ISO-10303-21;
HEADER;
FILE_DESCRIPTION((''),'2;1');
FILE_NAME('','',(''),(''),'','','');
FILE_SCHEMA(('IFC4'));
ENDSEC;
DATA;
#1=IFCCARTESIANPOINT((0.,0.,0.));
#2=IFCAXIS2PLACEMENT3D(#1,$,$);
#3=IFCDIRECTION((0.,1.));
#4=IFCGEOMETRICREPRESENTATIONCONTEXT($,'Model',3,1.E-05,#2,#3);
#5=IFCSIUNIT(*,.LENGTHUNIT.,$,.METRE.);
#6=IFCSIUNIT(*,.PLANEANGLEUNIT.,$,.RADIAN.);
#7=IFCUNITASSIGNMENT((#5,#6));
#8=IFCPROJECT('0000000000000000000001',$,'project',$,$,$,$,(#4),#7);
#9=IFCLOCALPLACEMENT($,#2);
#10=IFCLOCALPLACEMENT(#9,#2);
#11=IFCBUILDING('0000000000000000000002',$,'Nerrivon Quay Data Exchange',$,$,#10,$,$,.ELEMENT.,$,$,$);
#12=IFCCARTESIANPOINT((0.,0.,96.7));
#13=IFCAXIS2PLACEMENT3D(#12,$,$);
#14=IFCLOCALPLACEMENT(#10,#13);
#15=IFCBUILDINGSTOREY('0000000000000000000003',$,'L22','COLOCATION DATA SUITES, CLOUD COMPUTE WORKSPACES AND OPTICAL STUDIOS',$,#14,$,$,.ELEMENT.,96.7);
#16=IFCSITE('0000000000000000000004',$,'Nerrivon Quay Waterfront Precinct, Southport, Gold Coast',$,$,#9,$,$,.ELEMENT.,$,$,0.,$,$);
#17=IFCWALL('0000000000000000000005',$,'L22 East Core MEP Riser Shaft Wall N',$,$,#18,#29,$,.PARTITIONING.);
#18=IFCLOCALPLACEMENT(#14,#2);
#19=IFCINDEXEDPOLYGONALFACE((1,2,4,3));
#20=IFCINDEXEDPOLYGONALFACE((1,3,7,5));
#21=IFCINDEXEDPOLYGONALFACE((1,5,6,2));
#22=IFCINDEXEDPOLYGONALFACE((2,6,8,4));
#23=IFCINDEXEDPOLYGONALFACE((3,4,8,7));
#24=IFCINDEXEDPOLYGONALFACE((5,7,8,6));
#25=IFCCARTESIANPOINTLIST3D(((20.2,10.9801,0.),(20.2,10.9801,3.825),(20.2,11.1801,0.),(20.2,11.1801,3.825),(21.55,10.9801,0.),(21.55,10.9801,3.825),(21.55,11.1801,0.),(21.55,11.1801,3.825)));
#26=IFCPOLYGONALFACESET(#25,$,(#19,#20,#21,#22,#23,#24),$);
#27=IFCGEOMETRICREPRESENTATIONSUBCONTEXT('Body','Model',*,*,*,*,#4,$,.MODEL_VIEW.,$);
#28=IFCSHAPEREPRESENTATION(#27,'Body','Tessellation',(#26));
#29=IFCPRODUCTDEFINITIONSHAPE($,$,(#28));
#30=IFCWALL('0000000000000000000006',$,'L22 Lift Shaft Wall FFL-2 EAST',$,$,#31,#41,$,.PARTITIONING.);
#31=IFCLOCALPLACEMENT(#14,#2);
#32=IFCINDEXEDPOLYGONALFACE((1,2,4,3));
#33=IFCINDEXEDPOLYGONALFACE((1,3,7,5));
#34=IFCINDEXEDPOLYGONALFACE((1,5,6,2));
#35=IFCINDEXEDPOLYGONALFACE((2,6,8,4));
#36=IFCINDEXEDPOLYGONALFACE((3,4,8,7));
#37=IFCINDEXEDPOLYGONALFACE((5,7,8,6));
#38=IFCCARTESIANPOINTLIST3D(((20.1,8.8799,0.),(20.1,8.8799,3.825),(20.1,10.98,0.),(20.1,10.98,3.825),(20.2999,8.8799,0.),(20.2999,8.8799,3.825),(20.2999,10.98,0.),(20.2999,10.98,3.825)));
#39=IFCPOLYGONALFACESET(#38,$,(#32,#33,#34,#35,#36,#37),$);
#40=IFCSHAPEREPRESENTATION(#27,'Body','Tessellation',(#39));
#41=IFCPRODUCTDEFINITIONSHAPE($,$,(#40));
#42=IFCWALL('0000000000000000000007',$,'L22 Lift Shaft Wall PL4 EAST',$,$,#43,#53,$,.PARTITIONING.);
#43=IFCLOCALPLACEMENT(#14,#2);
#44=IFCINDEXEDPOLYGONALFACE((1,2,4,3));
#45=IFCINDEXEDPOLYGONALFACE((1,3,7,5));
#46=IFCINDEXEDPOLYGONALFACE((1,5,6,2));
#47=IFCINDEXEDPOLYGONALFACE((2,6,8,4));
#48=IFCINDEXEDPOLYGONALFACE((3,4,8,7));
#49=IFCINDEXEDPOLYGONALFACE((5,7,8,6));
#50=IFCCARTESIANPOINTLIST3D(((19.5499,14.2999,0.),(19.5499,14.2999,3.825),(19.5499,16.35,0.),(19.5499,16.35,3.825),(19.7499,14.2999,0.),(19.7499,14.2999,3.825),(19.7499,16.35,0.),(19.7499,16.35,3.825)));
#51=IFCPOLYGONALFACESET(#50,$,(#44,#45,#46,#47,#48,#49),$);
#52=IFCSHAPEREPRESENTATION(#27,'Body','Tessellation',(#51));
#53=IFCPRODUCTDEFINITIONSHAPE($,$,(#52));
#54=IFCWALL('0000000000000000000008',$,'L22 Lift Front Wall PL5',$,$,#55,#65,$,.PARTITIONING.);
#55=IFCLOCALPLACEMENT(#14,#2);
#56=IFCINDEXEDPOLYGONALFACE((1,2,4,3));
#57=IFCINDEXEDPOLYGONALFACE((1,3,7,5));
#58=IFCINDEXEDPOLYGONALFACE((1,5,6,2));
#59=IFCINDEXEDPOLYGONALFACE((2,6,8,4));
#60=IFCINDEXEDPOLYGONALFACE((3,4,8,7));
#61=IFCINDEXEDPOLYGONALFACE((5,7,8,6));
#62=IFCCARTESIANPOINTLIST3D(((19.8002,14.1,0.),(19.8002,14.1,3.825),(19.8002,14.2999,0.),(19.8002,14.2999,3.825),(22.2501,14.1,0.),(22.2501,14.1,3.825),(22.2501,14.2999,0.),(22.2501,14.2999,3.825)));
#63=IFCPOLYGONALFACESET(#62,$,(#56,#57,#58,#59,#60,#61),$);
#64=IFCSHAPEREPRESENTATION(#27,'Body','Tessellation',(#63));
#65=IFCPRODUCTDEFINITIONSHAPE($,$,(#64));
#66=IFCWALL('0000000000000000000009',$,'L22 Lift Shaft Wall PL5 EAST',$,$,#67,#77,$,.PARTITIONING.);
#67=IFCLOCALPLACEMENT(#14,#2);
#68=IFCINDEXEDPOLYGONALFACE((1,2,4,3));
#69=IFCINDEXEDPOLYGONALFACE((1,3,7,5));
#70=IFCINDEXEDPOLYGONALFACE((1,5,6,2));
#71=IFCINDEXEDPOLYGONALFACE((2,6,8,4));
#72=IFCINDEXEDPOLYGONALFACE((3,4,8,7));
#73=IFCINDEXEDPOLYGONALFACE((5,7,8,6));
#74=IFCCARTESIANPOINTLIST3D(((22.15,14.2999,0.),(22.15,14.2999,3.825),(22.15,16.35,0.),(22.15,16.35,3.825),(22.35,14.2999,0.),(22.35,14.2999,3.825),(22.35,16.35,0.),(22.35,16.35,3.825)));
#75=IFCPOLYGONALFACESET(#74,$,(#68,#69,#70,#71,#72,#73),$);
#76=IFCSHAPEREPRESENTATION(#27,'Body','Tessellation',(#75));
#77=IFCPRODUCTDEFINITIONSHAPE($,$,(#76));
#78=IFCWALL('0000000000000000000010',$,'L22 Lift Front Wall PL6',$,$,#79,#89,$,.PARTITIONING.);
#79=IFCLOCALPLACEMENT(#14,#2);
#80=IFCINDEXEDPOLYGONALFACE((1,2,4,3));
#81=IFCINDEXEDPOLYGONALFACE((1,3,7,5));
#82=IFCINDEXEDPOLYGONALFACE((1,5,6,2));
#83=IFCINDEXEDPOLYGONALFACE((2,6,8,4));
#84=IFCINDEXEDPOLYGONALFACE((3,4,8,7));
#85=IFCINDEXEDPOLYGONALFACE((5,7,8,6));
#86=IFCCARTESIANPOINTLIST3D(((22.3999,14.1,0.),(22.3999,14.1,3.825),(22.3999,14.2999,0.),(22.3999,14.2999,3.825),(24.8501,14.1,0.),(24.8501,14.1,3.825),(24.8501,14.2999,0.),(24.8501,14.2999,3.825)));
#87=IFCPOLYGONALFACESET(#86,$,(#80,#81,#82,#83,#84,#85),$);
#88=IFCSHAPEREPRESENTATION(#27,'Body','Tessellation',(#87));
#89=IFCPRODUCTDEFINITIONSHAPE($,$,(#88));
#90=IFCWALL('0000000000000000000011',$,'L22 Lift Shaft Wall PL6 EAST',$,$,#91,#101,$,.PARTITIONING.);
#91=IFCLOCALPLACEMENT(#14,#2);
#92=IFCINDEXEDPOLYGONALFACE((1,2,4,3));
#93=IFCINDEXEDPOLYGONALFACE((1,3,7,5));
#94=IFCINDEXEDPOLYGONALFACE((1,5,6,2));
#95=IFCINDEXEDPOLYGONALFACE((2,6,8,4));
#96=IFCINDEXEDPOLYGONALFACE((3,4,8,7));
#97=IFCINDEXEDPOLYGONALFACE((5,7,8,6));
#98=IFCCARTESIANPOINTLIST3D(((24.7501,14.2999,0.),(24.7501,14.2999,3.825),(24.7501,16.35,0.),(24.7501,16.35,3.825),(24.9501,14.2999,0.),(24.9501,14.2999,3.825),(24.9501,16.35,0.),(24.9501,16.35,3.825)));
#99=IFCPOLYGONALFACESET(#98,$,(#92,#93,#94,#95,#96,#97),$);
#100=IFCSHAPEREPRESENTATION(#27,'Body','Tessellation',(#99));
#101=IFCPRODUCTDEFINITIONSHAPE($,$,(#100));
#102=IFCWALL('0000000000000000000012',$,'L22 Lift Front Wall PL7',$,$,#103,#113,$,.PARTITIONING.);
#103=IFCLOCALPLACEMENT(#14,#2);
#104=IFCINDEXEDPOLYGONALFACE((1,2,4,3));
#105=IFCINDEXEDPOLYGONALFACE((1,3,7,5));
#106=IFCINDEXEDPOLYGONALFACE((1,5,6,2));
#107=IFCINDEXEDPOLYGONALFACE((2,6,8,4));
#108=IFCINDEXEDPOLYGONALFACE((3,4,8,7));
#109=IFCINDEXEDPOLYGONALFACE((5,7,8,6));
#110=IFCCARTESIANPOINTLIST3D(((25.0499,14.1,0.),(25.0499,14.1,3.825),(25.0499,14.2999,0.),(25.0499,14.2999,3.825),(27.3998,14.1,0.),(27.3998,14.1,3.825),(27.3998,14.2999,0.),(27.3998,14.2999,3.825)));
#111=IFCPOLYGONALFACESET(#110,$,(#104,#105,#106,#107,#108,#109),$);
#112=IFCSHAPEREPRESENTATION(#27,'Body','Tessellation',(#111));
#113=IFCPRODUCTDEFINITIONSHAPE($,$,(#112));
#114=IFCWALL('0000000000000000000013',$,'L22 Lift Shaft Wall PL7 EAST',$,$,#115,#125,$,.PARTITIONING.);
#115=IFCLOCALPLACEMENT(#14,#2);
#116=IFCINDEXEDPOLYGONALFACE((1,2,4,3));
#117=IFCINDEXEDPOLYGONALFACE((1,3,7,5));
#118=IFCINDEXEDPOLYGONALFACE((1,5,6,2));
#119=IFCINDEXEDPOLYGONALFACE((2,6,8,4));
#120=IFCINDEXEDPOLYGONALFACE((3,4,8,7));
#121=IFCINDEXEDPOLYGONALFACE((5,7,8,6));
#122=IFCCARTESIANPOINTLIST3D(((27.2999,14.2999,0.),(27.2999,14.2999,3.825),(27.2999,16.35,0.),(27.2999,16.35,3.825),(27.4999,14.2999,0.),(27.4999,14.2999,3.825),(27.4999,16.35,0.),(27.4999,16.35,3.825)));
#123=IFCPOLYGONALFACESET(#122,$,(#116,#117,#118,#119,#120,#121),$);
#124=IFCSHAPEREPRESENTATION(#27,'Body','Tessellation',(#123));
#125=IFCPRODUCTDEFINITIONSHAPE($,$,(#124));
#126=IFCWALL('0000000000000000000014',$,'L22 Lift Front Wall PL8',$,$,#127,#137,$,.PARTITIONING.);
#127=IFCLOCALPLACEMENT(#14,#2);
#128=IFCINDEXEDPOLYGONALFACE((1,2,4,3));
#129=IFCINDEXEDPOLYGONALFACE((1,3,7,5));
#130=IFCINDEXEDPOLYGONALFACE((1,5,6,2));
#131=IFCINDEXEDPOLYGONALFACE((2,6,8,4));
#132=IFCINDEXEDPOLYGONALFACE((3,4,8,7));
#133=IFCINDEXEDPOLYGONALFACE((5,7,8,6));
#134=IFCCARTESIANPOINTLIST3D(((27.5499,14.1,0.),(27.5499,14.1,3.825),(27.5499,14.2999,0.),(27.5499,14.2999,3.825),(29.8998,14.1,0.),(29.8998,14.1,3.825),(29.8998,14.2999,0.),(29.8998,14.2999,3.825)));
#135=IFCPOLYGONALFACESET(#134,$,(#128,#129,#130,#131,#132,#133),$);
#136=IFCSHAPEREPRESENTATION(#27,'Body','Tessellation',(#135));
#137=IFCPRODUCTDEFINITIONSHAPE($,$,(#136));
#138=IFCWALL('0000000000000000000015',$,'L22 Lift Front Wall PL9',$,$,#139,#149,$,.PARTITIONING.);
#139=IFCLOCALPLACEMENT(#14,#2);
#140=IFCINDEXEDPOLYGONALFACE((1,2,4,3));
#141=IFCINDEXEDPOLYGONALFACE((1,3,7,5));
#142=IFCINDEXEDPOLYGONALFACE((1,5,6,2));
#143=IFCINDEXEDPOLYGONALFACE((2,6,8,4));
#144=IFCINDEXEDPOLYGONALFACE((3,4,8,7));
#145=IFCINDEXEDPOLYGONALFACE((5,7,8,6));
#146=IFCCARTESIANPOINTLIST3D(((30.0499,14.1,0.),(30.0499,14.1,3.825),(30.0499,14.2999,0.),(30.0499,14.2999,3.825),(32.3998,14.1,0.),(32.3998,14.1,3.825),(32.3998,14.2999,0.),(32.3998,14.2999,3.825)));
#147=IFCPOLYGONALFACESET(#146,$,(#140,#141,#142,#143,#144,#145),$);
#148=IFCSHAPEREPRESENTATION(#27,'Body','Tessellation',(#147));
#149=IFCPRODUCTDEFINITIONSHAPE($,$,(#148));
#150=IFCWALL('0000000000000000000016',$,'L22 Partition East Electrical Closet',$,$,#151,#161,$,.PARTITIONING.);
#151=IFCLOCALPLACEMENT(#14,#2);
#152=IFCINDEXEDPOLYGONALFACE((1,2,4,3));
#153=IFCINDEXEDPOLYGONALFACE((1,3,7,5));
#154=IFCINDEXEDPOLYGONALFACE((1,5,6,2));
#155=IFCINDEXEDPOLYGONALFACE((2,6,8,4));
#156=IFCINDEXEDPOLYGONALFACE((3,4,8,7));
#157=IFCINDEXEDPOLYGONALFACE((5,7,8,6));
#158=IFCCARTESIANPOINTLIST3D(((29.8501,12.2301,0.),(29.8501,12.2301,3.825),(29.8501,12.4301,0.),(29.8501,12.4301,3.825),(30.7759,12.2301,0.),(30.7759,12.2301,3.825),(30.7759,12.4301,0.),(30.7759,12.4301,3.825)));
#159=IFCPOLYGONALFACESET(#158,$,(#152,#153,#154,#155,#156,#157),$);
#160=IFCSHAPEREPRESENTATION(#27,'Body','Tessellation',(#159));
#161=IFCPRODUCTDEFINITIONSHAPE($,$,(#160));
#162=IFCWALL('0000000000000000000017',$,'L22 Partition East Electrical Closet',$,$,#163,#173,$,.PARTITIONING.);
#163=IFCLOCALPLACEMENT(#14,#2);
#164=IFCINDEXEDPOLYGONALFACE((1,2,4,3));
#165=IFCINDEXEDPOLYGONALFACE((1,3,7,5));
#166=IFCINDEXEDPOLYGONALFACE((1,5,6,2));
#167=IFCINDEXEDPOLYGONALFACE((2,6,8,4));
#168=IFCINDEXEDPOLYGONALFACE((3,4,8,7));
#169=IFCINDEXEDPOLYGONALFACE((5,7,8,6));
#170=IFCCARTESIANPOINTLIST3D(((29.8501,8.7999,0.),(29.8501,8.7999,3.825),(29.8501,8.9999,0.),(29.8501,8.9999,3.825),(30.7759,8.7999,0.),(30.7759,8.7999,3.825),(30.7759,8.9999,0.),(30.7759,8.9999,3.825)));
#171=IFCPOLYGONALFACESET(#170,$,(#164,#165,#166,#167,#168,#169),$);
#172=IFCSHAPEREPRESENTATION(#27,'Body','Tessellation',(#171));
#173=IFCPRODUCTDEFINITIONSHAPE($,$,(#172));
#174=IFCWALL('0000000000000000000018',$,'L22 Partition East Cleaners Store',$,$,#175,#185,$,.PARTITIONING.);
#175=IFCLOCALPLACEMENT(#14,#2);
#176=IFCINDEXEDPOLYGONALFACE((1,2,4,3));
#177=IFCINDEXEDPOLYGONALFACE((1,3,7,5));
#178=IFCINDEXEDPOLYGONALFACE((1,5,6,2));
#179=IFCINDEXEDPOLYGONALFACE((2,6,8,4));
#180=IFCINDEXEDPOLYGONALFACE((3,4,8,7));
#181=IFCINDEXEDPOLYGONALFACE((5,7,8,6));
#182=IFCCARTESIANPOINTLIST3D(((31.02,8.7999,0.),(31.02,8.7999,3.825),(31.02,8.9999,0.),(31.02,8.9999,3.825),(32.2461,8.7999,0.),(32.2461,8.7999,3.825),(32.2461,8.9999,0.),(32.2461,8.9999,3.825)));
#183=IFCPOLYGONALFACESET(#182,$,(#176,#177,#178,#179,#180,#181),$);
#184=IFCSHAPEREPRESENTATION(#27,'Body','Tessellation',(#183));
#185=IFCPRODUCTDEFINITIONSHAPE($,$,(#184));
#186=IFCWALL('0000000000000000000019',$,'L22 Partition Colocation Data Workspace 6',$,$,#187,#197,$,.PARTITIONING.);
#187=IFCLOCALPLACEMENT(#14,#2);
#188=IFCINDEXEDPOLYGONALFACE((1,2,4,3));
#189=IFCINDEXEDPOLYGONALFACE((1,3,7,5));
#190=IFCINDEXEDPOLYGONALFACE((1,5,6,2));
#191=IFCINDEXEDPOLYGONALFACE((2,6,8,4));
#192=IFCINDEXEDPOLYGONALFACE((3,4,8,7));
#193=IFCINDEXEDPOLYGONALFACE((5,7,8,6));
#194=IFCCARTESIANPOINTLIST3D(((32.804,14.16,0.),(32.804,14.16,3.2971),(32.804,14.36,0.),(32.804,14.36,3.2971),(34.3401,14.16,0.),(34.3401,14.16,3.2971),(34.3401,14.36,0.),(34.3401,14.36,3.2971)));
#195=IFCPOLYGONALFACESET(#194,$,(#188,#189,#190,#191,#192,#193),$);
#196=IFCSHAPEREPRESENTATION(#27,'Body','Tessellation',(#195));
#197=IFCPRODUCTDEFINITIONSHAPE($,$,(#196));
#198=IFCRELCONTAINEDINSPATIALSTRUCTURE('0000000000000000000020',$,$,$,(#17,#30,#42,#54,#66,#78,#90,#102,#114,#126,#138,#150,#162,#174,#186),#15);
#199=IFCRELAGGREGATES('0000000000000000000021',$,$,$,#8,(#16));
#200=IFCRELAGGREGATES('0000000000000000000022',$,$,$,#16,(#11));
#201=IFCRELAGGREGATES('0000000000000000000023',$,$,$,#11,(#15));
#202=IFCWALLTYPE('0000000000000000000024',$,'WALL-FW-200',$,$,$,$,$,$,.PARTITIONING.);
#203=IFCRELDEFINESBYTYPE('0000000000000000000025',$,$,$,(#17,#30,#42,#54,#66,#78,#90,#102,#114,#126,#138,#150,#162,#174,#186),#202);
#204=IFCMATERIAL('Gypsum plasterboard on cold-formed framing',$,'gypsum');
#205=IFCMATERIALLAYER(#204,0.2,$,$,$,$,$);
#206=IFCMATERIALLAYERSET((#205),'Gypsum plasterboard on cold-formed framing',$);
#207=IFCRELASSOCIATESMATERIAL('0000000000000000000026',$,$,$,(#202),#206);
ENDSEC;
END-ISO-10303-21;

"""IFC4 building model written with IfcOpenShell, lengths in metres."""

from ifc_helpers import new_model, si_unit, direction, frame, frame_2d, origin, place, context, subcontext, project, spatial, rectangle, extrude, material, layer, layer_set, type_object, element, save


model = new_model("IFC4")

# Units and contexts
model_context = context("Model", 3, precision=1e-05, world=origin(), true_north=direction((0.0, 1.0)))
body_context = subcontext(model_context, "Body", "Model", "MODEL_VIEW")
ifc_project = project(units=[si_unit("LENGTHUNIT", "METRE"), si_unit("PLANEANGLEUNIT", "RADIAN")], contexts=[model_context])

# Site, building, storey
site_placement = place(None, origin())
site = spatial("IfcSite", under=ifc_project, at=site_placement, Name="Nerrivon Quay Waterfront Precinct, Southport, Gold Coast", CompositionType="ELEMENT", RefElevation=0.0)
building_placement = place(site_placement, origin())
building = spatial("IfcBuilding", under=site, at=building_placement, Name="Nerrivon Quay Data Exchange", CompositionType="ELEMENT")
storey_placement = place(building_placement, frame((0.0, 0.0, 96.7)))
storey = spatial("IfcBuildingStorey", under=building, at=storey_placement, Name="L22", Description="COLOCATION DATA SUITES, CLOUD COMPUTE WORKSPACES AND OPTICAL STUDIOS", CompositionType="ELEMENT", Elevation=96.7)

# Walls
ifc_material_1 = material(Name="Gypsum plasterboard on cold-formed framing", Category="gypsum")
ifc_layer_1 = layer(ifc_material_1, 0.2)
ifc_layer_set_1 = layer_set([ifc_layer_1], Name="Gypsum plasterboard on cold-formed framing")
wall_type_1 = type_object("IfcWallType", Name="WALL-FW-200", PredefinedType="PARTITIONING", material=ifc_layer_set_1)
wall_1_placement = place(storey_placement, frame((20.2, 11.0801, 0.0), z_axis=(0.0, 0.0, 1.0), x_axis=(1.0, 0.0, 0.0)))
element("IfcWall", 1, at=wall_1_placement, inside=storey, type_object=wall_type_1, Name="L22 East Core MEP Riser Shaft Wall N", PredefinedType="PARTITIONING", context=body_context, shape_type="SweptSolid", body=[
    extrude(rectangle(XDim=1.3501, YDim=0.2, at=frame_2d((0.675, 0.0))), origin(), (0.0, 0.0, 1.0), 3.825),
])
wall_2_placement = place(storey_placement, frame((20.2, 8.8799, 0.0), z_axis=(0.0, 0.0, 1.0), x_axis=(0.0, 1.0, 0.0)))
element("IfcWall", 2, at=wall_2_placement, inside=storey, type_object=wall_type_1, Name="L22 Lift Shaft Wall FFL-2 EAST", PredefinedType="PARTITIONING", context=body_context, shape_type="SweptSolid", body=[
    extrude(rectangle(XDim=2.1001, YDim=0.2, at=frame_2d((1.05, 0.0))), origin(), (0.0, 0.0, 1.0), 3.825),
])
wall_3_placement = place(storey_placement, frame((19.6499, 14.3, 0.0), z_axis=(0.0, 0.0, 1.0), x_axis=(0.0, 1.0, 0.0)))
element("IfcWall", 3, at=wall_3_placement, inside=storey, type_object=wall_type_1, Name="L22 Lift Shaft Wall PL4 EAST", PredefinedType="PARTITIONING", context=body_context, shape_type="SweptSolid", body=[
    extrude(rectangle(XDim=2.05, YDim=0.2, at=frame_2d((1.0249, 0.0))), origin(), (0.0, 0.0, 1.0), 3.825),
])
wall_4_placement = place(storey_placement, frame((19.8, 14.2, 0.0), z_axis=(0.0, 0.0, 1.0), x_axis=(1.0, 0.0, 0.0)))
element("IfcWall", 4, at=wall_4_placement, inside=storey, type_object=wall_type_1, Name="L22 Lift Front Wall PL5", PredefinedType="PARTITIONING", context=body_context, shape_type="SweptSolid", body=[
    extrude(rectangle(XDim=2.45, YDim=0.2, at=frame_2d((1.2251, 0.0))), origin(), (0.0, 0.0, 1.0), 3.825),
])
wall_5_placement = place(storey_placement, frame((22.25, 14.3, 0.0), z_axis=(0.0, 0.0, 1.0), x_axis=(0.0, 1.0, 0.0)))
element("IfcWall", 5, at=wall_5_placement, inside=storey, type_object=wall_type_1, Name="L22 Lift Shaft Wall PL5 EAST", PredefinedType="PARTITIONING", context=body_context, shape_type="SweptSolid", body=[
    extrude(rectangle(XDim=2.05, YDim=0.2, at=frame_2d((1.0249, 0.0))), origin(), (0.0, 0.0, 1.0), 3.825),
])
wall_6_placement = place(storey_placement, frame((22.3999, 14.2, 0.0), z_axis=(0.0, 0.0, 1.0), x_axis=(1.0, 0.0, 0.0)))
element("IfcWall", 6, at=wall_6_placement, inside=storey, type_object=wall_type_1, Name="L22 Lift Front Wall PL6", PredefinedType="PARTITIONING", context=body_context, shape_type="SweptSolid", body=[
    extrude(rectangle(XDim=2.4502, YDim=0.2, at=frame_2d((1.2251, 0.0))), origin(), (0.0, 0.0, 1.0), 3.825),
])
wall_7_placement = place(storey_placement, frame((24.8501, 14.3, 0.0), z_axis=(0.0, 0.0, 1.0), x_axis=(0.0, 1.0, 0.0)))
element("IfcWall", 7, at=wall_7_placement, inside=storey, type_object=wall_type_1, Name="L22 Lift Shaft Wall PL6 EAST", PredefinedType="PARTITIONING", context=body_context, shape_type="SweptSolid", body=[
    extrude(rectangle(XDim=2.05, YDim=0.2, at=frame_2d((1.0249, 0.0))), origin(), (0.0, 0.0, 1.0), 3.825),
])
wall_8_placement = place(storey_placement, frame((25.05, 14.2, 0.0), z_axis=(0.0, 0.0, 1.0), x_axis=(1.0, 0.0, 0.0)))
element("IfcWall", 8, at=wall_8_placement, inside=storey, type_object=wall_type_1, Name="L22 Lift Front Wall PL7", PredefinedType="PARTITIONING", context=body_context, shape_type="SweptSolid", body=[
    extrude(rectangle(XDim=2.3499, YDim=0.2, at=frame_2d((1.1748, 0.0))), origin(), (0.0, 0.0, 1.0), 3.825),
])
wall_9_placement = place(storey_placement, frame((27.3999, 14.3, 0.0), z_axis=(0.0, 0.0, 1.0), x_axis=(0.0, 1.0, 0.0)))
element("IfcWall", 9, at=wall_9_placement, inside=storey, type_object=wall_type_1, Name="L22 Lift Shaft Wall PL7 EAST", PredefinedType="PARTITIONING", context=body_context, shape_type="SweptSolid", body=[
    extrude(rectangle(XDim=2.05, YDim=0.2, at=frame_2d((1.0249, 0.0))), origin(), (0.0, 0.0, 1.0), 3.825),
])
for number, where, z_axis, x_axis, name in (
    (10, (27.55, 14.2, 0.0), (0.0, 0.0, 1.0), (1.0, 0.0, 0.0), "L22 Lift Front Wall PL8"),
    (11, (30.05, 14.2, 0.0), (0.0, 0.0, 1.0), (1.0, 0.0, 0.0), "L22 Lift Front Wall PL9"),
):
    element("IfcWall", number, at=place(storey_placement, frame(where, z_axis=z_axis, x_axis=x_axis)), inside=storey, type_object=wall_type_1, Name=name, PredefinedType="PARTITIONING", context=body_context, shape_type="SweptSolid", body=[
        extrude(rectangle(XDim=2.3499, YDim=0.2, at=frame_2d((1.1748, 0.0))), origin(), (0.0, 0.0, 1.0), 3.825),
    ])

# Walls
for number, where, z_axis, x_axis, name in (
    (12, (30.7759, 12.3301, 0.0), (0.0, 0.0, 1.0), (-1.0, 0.0, 0.0), "L22 Partition East Electrical Closet"),
    (13, (29.8501, 8.8999, 0.0), (0.0, 0.0, 1.0), (1.0, 0.0, 0.0), "L22 Partition East Electrical Closet"),
):
    element("IfcWall", number, at=place(storey_placement, frame(where, z_axis=z_axis, x_axis=x_axis)), inside=storey, type_object=wall_type_1, Name=name, PredefinedType="PARTITIONING", context=body_context, shape_type="SweptSolid", body=[
        extrude(rectangle(XDim=0.9258, YDim=0.2, at=frame_2d((0.4629, 0.0))), origin(), (0.0, 0.0, 1.0), 3.825),
    ])

# Walls
wall_10_placement = place(storey_placement, frame((31.02, 8.8999, 0.0), z_axis=(0.0, 0.0, 1.0), x_axis=(1.0, 0.0, 0.0)))
element("IfcWall", 14, at=wall_10_placement, inside=storey, type_object=wall_type_1, Name="L22 Partition East Cleaners Store", PredefinedType="PARTITIONING", context=body_context, shape_type="SweptSolid", body=[
    extrude(rectangle(XDim=1.2261, YDim=0.2, at=frame_2d((0.613, 0.0))), origin(), (0.0, 0.0, 1.0), 3.825),
])
wall_11_placement = place(storey_placement, frame((32.804, 14.26, 0.0), z_axis=(0.0, 0.0, 1.0), x_axis=(1.0, 0.0, 0.0)))
element("IfcWall", 15, at=wall_11_placement, inside=storey, type_object=wall_type_1, Name="L22 Partition Colocation Data Workspace 6", PredefinedType="PARTITIONING", context=body_context, shape_type="SweptSolid", body=[
    extrude(rectangle(XDim=1.5361, YDim=0.2, at=frame_2d((0.7681, 0.0))), origin(), (0.0, 0.0, 1.0), 3.2971),
])

save(model, "model.ifc")
